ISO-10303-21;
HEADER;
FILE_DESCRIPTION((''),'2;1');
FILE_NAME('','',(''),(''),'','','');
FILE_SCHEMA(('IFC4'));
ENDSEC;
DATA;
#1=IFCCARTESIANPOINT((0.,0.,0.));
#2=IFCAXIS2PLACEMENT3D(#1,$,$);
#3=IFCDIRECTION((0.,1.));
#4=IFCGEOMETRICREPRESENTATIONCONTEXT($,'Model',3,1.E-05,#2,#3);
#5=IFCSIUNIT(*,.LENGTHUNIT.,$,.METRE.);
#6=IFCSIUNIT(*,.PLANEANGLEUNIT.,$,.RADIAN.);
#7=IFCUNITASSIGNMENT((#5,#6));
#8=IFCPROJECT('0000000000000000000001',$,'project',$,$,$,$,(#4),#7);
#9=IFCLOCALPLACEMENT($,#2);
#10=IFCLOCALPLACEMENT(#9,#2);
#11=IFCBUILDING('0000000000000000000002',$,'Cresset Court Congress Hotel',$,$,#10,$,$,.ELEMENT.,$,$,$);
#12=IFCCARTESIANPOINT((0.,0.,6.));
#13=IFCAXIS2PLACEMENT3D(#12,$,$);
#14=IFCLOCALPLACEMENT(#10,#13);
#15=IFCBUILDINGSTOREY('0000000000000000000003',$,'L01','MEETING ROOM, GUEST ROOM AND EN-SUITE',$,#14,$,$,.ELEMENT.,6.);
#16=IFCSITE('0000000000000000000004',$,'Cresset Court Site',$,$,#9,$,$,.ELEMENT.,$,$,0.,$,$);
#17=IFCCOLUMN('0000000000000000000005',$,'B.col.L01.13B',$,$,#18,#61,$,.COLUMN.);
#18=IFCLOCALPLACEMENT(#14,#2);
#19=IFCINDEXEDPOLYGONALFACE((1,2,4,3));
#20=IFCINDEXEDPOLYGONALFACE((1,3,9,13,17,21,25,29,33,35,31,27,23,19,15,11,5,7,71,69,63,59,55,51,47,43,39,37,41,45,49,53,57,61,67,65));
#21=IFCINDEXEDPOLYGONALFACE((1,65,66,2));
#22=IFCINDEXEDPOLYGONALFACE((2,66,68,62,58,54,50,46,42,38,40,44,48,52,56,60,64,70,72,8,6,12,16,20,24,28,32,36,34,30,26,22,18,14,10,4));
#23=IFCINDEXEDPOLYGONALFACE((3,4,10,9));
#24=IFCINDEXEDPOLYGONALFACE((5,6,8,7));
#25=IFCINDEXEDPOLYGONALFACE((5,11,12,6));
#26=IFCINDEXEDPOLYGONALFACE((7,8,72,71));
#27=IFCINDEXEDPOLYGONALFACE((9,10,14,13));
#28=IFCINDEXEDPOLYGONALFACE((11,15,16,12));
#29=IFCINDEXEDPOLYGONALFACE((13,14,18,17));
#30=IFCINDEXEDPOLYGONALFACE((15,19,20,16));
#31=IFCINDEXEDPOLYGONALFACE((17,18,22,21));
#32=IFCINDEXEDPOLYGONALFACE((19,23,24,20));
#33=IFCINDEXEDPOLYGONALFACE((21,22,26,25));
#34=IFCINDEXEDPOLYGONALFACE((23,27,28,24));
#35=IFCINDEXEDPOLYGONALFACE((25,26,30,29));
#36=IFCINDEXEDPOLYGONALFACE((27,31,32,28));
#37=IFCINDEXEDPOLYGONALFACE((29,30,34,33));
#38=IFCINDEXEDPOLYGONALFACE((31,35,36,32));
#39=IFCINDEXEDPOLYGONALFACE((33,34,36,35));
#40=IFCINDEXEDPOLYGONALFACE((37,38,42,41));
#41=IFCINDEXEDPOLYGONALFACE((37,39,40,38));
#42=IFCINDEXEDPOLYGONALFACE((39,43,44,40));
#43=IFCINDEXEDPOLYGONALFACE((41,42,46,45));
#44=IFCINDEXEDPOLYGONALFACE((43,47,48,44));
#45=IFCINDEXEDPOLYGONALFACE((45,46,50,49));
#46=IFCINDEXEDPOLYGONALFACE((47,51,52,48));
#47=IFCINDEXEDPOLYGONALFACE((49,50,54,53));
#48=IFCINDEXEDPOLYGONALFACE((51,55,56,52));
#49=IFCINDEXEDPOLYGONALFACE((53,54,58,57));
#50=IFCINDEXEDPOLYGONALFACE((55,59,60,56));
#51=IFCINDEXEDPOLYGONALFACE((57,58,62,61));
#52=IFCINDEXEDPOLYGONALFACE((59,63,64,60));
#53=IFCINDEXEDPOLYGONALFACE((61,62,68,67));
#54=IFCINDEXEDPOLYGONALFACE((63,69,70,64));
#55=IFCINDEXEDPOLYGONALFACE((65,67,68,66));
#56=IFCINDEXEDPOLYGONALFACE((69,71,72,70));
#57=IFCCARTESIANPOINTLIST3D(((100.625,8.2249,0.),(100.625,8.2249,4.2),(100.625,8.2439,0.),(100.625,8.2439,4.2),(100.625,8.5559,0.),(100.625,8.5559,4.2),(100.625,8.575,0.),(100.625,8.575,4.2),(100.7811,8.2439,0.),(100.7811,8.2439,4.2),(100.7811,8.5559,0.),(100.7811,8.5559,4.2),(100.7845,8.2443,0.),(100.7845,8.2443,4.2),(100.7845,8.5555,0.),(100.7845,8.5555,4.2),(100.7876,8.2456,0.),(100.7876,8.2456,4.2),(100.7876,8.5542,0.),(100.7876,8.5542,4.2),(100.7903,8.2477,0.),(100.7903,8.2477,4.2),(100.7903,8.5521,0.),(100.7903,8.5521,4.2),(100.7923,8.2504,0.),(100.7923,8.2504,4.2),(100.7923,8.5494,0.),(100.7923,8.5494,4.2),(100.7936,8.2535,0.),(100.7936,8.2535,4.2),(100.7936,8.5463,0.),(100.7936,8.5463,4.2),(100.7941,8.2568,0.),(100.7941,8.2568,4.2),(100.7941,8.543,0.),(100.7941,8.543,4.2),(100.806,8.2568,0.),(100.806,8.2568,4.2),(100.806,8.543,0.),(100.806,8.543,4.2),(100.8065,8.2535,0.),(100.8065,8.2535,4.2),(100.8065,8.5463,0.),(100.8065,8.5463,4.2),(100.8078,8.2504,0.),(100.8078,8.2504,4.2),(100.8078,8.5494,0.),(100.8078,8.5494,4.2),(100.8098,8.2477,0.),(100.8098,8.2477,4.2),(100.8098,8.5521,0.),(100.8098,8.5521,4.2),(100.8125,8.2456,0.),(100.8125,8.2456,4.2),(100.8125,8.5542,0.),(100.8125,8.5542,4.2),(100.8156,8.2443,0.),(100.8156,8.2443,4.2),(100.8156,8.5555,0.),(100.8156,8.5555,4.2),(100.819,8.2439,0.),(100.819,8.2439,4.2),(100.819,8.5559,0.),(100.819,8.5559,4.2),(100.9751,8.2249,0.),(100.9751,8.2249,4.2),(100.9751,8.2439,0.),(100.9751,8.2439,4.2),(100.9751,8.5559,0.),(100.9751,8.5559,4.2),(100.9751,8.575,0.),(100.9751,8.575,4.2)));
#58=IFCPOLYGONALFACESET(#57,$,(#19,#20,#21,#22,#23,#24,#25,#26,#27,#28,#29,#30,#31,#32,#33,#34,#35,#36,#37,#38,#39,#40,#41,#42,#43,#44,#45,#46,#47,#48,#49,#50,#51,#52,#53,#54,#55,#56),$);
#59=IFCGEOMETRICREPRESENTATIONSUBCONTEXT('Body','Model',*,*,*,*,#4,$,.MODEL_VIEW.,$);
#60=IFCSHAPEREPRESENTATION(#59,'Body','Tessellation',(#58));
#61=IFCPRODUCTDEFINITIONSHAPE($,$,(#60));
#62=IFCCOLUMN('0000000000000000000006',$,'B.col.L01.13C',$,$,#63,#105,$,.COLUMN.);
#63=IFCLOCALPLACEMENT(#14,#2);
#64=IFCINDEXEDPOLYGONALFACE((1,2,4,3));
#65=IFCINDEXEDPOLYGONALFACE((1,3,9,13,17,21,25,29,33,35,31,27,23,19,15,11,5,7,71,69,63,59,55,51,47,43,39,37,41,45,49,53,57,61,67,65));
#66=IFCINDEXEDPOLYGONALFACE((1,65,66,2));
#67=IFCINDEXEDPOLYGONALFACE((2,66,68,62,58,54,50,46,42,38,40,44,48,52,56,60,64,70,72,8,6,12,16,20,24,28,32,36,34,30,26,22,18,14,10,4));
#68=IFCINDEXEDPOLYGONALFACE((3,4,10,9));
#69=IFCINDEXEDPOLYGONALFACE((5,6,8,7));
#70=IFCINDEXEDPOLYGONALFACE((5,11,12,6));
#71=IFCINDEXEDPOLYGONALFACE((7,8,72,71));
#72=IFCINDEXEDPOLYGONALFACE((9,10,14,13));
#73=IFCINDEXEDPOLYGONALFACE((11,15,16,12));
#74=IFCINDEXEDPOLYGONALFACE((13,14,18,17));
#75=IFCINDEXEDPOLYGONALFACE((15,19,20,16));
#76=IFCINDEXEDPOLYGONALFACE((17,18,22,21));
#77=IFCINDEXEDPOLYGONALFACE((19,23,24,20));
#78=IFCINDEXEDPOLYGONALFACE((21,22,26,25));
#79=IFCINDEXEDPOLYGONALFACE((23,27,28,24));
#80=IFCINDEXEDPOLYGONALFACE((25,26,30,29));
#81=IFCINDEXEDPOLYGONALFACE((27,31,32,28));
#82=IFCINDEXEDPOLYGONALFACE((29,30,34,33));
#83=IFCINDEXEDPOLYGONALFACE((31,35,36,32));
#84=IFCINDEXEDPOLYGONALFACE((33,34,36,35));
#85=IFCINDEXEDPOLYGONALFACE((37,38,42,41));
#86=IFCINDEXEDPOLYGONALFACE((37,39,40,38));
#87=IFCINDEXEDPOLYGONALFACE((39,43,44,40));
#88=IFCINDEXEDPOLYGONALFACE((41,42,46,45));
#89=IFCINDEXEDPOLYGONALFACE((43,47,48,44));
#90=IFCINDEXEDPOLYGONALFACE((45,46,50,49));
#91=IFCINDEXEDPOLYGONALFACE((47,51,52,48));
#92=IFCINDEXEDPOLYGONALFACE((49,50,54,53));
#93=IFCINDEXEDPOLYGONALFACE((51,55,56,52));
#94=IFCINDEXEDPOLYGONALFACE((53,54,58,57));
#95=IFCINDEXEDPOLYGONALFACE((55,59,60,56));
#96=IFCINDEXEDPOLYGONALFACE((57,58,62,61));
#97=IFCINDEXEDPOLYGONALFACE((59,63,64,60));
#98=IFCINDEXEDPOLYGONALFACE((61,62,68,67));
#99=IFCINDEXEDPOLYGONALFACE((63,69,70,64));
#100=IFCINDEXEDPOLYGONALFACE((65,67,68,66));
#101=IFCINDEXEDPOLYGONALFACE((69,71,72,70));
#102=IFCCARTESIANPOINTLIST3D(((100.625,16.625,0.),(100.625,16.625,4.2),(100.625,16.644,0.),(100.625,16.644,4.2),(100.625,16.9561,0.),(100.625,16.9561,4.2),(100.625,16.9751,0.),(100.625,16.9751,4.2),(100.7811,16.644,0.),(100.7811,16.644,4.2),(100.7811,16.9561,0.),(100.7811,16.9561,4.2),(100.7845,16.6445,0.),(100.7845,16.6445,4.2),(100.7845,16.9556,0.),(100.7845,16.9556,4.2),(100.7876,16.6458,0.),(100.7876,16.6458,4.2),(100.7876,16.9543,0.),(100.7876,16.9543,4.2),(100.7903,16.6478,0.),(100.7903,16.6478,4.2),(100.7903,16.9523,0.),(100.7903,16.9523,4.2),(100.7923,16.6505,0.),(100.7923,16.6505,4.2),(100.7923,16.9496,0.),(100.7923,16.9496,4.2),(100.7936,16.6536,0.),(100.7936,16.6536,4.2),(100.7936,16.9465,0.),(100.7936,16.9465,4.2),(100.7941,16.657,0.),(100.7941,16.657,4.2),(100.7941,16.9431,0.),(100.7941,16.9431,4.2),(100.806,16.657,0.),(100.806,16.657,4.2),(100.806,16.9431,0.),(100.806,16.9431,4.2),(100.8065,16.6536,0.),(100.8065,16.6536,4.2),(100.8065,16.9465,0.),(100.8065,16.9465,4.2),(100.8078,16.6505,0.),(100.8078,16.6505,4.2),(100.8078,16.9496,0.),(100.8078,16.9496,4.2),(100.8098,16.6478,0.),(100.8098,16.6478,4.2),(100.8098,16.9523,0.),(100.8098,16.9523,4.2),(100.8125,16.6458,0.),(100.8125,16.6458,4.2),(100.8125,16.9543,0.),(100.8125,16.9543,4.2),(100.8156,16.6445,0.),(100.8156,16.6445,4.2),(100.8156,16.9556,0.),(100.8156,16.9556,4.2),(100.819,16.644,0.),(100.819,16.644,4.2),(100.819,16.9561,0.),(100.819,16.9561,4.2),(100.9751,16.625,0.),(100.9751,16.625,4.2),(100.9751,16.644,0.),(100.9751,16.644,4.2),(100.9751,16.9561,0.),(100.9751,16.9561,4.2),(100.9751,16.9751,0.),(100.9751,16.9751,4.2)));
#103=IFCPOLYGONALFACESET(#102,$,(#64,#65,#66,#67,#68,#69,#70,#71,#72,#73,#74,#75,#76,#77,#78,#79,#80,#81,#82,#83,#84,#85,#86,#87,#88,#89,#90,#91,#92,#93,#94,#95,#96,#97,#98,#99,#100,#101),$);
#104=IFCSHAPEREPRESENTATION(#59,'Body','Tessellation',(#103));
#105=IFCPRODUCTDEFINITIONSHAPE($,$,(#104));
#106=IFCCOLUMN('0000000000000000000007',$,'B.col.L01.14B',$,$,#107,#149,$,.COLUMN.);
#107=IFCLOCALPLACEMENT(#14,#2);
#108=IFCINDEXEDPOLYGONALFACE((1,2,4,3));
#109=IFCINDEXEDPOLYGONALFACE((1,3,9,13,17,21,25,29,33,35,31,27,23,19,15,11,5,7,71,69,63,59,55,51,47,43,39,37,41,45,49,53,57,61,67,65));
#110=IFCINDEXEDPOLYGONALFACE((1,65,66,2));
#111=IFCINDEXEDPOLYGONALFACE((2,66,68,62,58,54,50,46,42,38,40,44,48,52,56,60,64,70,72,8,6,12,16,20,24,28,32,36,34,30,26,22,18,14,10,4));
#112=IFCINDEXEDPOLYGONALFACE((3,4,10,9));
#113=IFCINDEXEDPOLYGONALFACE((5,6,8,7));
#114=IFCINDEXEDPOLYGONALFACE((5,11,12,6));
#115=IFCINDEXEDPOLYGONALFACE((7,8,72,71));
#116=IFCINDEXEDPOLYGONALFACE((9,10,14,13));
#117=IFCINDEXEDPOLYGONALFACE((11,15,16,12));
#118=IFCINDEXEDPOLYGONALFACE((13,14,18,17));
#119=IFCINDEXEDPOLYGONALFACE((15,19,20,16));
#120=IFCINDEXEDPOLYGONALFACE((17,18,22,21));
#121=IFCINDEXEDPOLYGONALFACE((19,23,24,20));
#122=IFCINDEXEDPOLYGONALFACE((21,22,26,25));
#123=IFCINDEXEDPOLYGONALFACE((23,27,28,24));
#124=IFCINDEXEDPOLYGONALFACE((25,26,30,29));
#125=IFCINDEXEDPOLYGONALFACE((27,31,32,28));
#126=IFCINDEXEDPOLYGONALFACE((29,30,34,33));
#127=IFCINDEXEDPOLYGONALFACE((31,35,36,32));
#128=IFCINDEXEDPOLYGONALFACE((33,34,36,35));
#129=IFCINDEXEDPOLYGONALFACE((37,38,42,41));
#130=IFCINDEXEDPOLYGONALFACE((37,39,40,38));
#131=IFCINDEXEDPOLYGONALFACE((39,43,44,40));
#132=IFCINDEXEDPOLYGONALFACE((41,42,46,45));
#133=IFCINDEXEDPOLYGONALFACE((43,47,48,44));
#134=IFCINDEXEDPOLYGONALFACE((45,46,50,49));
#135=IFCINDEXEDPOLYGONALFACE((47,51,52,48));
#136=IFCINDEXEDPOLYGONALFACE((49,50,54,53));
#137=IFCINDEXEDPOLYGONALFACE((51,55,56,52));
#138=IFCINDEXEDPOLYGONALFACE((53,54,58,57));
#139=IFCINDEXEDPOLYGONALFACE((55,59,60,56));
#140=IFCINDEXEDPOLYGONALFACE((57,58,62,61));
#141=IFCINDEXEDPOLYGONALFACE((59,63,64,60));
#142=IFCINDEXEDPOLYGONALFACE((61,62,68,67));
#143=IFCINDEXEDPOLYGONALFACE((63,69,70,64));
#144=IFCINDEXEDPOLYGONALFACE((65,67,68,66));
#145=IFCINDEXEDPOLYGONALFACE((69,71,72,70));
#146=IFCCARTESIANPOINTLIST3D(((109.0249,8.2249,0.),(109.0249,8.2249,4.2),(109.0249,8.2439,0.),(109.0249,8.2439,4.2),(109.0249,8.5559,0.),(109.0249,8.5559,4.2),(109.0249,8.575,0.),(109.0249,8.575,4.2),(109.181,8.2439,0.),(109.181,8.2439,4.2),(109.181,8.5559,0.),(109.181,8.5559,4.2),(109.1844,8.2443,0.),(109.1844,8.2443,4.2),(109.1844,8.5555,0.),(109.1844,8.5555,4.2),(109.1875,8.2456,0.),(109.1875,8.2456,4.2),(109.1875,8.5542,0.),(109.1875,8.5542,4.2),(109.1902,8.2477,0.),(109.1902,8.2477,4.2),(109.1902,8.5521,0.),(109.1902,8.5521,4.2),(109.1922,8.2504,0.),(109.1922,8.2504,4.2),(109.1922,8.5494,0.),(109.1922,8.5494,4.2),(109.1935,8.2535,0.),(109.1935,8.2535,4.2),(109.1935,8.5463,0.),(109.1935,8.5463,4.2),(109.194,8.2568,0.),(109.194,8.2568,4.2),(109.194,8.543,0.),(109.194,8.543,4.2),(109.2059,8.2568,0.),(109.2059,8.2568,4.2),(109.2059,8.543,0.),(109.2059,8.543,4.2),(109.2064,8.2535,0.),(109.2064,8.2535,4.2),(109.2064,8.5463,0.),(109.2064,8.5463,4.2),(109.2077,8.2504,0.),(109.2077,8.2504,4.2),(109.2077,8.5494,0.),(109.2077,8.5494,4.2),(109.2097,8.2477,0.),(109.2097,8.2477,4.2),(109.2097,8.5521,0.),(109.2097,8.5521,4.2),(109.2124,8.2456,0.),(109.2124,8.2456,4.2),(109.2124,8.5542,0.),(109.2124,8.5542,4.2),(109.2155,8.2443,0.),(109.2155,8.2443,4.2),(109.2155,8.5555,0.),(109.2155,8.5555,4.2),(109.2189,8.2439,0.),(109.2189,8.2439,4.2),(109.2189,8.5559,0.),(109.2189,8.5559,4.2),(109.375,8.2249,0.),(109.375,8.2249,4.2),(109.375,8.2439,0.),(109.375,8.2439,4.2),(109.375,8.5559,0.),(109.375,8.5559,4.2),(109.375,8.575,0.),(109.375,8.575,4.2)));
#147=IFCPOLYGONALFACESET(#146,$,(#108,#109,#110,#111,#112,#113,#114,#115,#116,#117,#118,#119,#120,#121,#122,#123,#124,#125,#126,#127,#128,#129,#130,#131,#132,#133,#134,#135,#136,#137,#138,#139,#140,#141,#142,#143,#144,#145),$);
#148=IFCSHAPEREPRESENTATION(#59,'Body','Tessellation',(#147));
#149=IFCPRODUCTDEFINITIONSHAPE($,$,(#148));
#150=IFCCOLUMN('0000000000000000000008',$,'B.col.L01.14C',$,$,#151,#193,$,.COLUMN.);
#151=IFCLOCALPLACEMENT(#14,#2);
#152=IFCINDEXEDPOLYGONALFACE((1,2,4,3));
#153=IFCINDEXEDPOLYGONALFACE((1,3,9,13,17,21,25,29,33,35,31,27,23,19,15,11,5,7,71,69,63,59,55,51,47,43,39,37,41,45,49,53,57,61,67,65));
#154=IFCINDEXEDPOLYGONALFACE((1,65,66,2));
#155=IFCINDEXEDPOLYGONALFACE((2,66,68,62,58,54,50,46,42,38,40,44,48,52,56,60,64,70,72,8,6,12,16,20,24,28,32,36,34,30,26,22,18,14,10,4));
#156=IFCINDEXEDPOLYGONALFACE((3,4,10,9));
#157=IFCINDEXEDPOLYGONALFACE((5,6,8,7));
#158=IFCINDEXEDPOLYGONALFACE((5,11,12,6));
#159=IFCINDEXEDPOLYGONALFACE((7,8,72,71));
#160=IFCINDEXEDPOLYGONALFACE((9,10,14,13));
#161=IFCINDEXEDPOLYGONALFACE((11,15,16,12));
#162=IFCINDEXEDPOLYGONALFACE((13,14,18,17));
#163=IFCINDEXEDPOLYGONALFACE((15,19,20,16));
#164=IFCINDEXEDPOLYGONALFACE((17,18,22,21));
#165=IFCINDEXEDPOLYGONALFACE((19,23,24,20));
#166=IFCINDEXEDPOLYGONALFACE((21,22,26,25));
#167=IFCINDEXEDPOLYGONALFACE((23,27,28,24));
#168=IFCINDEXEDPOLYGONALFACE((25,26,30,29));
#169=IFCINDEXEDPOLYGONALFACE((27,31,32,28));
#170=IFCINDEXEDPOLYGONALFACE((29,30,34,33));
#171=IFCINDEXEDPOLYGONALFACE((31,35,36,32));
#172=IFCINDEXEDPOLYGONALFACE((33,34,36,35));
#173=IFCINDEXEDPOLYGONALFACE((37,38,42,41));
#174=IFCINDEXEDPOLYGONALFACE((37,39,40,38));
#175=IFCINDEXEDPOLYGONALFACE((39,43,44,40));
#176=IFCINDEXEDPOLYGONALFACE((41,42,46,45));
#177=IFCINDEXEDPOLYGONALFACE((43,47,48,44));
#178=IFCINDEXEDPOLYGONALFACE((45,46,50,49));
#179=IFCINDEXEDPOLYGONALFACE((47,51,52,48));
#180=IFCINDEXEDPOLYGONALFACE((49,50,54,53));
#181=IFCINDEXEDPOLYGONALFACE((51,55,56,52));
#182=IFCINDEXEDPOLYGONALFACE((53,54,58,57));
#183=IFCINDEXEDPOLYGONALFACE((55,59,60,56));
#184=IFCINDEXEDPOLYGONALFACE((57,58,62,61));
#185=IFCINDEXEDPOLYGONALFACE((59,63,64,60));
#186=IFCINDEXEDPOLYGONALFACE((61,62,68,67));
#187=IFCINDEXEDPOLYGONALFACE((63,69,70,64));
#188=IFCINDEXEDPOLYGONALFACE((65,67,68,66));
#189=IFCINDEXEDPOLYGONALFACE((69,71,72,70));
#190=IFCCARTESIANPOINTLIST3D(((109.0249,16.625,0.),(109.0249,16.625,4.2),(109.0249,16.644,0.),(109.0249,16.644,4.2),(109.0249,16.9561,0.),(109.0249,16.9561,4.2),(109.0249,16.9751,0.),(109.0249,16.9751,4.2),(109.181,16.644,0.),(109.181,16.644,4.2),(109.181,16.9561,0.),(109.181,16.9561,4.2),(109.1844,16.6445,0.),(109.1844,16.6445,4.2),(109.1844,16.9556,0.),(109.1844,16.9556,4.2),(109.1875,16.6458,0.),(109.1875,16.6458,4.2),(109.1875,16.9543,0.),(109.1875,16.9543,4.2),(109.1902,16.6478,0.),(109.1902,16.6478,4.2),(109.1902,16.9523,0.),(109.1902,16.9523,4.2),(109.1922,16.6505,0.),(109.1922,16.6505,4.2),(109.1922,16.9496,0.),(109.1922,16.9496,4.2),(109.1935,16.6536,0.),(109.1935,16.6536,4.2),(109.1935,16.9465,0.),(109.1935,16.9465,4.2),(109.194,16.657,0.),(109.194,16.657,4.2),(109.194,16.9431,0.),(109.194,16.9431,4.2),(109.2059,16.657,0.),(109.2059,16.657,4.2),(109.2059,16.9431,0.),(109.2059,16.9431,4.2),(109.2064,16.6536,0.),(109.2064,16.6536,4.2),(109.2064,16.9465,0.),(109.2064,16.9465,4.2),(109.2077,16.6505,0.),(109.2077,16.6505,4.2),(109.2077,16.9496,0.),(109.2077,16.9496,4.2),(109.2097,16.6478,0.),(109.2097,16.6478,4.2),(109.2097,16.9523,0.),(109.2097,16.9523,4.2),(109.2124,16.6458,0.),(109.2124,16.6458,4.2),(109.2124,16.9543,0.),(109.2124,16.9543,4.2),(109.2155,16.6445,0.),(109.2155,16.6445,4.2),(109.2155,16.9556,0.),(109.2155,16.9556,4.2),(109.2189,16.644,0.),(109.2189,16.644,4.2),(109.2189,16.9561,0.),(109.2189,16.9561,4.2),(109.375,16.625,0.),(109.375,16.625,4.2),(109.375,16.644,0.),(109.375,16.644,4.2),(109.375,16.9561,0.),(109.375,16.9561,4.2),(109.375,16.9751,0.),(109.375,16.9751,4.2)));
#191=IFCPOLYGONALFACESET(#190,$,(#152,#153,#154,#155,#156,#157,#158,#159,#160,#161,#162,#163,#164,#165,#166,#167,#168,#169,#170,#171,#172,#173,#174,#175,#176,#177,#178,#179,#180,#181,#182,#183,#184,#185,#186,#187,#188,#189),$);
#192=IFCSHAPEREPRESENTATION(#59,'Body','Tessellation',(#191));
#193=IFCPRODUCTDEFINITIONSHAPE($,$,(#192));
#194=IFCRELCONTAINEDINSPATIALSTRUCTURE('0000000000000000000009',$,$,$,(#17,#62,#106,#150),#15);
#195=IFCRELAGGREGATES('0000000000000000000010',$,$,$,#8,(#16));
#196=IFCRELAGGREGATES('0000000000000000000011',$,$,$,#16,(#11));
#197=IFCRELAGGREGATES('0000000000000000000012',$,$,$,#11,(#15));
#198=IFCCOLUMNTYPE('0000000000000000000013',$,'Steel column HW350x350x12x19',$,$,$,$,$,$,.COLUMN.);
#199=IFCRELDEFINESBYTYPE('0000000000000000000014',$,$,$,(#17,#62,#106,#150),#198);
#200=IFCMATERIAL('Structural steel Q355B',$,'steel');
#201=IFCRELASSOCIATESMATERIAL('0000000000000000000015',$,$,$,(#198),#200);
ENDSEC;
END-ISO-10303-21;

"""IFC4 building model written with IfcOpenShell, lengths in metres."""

from ifc_helpers import new_model, si_unit, direction, frame, origin, origin_2d, place, context, subcontext, project, spatial, i_section, extrude, material, material_profile, profile_set, type_object, element, save


model = new_model("IFC4")

# Units and contexts
model_context = context("Model", 3, precision=1e-05, world=origin(), true_north=direction((0.0, 1.0)))
body_context = subcontext(model_context, "Body", "Model", "MODEL_VIEW")
ifc_project = project(units=[si_unit("LENGTHUNIT", "METRE"), si_unit("PLANEANGLEUNIT", "RADIAN")], contexts=[model_context])

# Site, building, storey
site_placement = place(None, origin())
site = spatial("IfcSite", under=ifc_project, at=site_placement, Name="Cresset Court Site", CompositionType="ELEMENT", RefElevation=0.0)
building_placement = place(site_placement, origin())
building = spatial("IfcBuilding", under=site, at=building_placement, Name="Cresset Court Congress Hotel", CompositionType="ELEMENT")
storey_placement = place(building_placement, frame((0.0, 0.0, 6.0)))
storey = spatial("IfcBuildingStorey", under=building, at=storey_placement, Name="L01", Description="MEETING ROOM, GUEST ROOM AND EN-SUITE", CompositionType="ELEMENT", Elevation=6.0)

# Columns
ifc_material_1 = material(Name="Structural steel Q355B", Category="steel")
ifc_material_profile_1 = material_profile(ifc_material_1, i_section(OverallWidth=0.3501, OverallDepth=0.3501, WebThickness=0.012, FlangeThickness=0.019, FilletRadius=0.0129, at=origin_2d()), Name="HW350x350x12x19")
ifc_profile_set_1 = profile_set([ifc_material_profile_1], Name="Structural steel Q355B")
column_type = type_object("IfcColumnType", Name="Steel column HW350x350x12x19", PredefinedType="COLUMN", material=ifc_profile_set_1)
for number, where, z_axis, x_axis, name in (
    (1, (100.8, 8.3999, 0.0), (0.0, 0.0, 1.0), (1.0, 0.0, 0.0), "B.col.L01.13B"),
    (2, (100.8, 16.8, 0.0), (0.0, 0.0, 1.0), (1.0, 0.0, 0.0), "B.col.L01.13C"),
    (3, (109.2, 8.3999, 0.0), (0.0, 0.0, 1.0), (1.0, 0.0, 0.0), "B.col.L01.14B"),
    (4, (109.2, 16.8, 0.0), (0.0, 0.0, 1.0), (1.0, 0.0, 0.0), "B.col.L01.14C"),
):
    element("IfcColumn", number, at=place(storey_placement, frame(where, z_axis=z_axis, x_axis=x_axis)), inside=storey, type_object=column_type, Name=name, PredefinedType="COLUMN", context=body_context, shape_type="SweptSolid", body=[
        extrude(i_section(OverallWidth=0.3501, OverallDepth=0.3501, WebThickness=0.012, FlangeThickness=0.019, FilletRadius=0.0129, at=origin_2d()), origin(), (0.0, 0.0, 1.0), 4.2),
    ])

save(model, "model.ifc")
